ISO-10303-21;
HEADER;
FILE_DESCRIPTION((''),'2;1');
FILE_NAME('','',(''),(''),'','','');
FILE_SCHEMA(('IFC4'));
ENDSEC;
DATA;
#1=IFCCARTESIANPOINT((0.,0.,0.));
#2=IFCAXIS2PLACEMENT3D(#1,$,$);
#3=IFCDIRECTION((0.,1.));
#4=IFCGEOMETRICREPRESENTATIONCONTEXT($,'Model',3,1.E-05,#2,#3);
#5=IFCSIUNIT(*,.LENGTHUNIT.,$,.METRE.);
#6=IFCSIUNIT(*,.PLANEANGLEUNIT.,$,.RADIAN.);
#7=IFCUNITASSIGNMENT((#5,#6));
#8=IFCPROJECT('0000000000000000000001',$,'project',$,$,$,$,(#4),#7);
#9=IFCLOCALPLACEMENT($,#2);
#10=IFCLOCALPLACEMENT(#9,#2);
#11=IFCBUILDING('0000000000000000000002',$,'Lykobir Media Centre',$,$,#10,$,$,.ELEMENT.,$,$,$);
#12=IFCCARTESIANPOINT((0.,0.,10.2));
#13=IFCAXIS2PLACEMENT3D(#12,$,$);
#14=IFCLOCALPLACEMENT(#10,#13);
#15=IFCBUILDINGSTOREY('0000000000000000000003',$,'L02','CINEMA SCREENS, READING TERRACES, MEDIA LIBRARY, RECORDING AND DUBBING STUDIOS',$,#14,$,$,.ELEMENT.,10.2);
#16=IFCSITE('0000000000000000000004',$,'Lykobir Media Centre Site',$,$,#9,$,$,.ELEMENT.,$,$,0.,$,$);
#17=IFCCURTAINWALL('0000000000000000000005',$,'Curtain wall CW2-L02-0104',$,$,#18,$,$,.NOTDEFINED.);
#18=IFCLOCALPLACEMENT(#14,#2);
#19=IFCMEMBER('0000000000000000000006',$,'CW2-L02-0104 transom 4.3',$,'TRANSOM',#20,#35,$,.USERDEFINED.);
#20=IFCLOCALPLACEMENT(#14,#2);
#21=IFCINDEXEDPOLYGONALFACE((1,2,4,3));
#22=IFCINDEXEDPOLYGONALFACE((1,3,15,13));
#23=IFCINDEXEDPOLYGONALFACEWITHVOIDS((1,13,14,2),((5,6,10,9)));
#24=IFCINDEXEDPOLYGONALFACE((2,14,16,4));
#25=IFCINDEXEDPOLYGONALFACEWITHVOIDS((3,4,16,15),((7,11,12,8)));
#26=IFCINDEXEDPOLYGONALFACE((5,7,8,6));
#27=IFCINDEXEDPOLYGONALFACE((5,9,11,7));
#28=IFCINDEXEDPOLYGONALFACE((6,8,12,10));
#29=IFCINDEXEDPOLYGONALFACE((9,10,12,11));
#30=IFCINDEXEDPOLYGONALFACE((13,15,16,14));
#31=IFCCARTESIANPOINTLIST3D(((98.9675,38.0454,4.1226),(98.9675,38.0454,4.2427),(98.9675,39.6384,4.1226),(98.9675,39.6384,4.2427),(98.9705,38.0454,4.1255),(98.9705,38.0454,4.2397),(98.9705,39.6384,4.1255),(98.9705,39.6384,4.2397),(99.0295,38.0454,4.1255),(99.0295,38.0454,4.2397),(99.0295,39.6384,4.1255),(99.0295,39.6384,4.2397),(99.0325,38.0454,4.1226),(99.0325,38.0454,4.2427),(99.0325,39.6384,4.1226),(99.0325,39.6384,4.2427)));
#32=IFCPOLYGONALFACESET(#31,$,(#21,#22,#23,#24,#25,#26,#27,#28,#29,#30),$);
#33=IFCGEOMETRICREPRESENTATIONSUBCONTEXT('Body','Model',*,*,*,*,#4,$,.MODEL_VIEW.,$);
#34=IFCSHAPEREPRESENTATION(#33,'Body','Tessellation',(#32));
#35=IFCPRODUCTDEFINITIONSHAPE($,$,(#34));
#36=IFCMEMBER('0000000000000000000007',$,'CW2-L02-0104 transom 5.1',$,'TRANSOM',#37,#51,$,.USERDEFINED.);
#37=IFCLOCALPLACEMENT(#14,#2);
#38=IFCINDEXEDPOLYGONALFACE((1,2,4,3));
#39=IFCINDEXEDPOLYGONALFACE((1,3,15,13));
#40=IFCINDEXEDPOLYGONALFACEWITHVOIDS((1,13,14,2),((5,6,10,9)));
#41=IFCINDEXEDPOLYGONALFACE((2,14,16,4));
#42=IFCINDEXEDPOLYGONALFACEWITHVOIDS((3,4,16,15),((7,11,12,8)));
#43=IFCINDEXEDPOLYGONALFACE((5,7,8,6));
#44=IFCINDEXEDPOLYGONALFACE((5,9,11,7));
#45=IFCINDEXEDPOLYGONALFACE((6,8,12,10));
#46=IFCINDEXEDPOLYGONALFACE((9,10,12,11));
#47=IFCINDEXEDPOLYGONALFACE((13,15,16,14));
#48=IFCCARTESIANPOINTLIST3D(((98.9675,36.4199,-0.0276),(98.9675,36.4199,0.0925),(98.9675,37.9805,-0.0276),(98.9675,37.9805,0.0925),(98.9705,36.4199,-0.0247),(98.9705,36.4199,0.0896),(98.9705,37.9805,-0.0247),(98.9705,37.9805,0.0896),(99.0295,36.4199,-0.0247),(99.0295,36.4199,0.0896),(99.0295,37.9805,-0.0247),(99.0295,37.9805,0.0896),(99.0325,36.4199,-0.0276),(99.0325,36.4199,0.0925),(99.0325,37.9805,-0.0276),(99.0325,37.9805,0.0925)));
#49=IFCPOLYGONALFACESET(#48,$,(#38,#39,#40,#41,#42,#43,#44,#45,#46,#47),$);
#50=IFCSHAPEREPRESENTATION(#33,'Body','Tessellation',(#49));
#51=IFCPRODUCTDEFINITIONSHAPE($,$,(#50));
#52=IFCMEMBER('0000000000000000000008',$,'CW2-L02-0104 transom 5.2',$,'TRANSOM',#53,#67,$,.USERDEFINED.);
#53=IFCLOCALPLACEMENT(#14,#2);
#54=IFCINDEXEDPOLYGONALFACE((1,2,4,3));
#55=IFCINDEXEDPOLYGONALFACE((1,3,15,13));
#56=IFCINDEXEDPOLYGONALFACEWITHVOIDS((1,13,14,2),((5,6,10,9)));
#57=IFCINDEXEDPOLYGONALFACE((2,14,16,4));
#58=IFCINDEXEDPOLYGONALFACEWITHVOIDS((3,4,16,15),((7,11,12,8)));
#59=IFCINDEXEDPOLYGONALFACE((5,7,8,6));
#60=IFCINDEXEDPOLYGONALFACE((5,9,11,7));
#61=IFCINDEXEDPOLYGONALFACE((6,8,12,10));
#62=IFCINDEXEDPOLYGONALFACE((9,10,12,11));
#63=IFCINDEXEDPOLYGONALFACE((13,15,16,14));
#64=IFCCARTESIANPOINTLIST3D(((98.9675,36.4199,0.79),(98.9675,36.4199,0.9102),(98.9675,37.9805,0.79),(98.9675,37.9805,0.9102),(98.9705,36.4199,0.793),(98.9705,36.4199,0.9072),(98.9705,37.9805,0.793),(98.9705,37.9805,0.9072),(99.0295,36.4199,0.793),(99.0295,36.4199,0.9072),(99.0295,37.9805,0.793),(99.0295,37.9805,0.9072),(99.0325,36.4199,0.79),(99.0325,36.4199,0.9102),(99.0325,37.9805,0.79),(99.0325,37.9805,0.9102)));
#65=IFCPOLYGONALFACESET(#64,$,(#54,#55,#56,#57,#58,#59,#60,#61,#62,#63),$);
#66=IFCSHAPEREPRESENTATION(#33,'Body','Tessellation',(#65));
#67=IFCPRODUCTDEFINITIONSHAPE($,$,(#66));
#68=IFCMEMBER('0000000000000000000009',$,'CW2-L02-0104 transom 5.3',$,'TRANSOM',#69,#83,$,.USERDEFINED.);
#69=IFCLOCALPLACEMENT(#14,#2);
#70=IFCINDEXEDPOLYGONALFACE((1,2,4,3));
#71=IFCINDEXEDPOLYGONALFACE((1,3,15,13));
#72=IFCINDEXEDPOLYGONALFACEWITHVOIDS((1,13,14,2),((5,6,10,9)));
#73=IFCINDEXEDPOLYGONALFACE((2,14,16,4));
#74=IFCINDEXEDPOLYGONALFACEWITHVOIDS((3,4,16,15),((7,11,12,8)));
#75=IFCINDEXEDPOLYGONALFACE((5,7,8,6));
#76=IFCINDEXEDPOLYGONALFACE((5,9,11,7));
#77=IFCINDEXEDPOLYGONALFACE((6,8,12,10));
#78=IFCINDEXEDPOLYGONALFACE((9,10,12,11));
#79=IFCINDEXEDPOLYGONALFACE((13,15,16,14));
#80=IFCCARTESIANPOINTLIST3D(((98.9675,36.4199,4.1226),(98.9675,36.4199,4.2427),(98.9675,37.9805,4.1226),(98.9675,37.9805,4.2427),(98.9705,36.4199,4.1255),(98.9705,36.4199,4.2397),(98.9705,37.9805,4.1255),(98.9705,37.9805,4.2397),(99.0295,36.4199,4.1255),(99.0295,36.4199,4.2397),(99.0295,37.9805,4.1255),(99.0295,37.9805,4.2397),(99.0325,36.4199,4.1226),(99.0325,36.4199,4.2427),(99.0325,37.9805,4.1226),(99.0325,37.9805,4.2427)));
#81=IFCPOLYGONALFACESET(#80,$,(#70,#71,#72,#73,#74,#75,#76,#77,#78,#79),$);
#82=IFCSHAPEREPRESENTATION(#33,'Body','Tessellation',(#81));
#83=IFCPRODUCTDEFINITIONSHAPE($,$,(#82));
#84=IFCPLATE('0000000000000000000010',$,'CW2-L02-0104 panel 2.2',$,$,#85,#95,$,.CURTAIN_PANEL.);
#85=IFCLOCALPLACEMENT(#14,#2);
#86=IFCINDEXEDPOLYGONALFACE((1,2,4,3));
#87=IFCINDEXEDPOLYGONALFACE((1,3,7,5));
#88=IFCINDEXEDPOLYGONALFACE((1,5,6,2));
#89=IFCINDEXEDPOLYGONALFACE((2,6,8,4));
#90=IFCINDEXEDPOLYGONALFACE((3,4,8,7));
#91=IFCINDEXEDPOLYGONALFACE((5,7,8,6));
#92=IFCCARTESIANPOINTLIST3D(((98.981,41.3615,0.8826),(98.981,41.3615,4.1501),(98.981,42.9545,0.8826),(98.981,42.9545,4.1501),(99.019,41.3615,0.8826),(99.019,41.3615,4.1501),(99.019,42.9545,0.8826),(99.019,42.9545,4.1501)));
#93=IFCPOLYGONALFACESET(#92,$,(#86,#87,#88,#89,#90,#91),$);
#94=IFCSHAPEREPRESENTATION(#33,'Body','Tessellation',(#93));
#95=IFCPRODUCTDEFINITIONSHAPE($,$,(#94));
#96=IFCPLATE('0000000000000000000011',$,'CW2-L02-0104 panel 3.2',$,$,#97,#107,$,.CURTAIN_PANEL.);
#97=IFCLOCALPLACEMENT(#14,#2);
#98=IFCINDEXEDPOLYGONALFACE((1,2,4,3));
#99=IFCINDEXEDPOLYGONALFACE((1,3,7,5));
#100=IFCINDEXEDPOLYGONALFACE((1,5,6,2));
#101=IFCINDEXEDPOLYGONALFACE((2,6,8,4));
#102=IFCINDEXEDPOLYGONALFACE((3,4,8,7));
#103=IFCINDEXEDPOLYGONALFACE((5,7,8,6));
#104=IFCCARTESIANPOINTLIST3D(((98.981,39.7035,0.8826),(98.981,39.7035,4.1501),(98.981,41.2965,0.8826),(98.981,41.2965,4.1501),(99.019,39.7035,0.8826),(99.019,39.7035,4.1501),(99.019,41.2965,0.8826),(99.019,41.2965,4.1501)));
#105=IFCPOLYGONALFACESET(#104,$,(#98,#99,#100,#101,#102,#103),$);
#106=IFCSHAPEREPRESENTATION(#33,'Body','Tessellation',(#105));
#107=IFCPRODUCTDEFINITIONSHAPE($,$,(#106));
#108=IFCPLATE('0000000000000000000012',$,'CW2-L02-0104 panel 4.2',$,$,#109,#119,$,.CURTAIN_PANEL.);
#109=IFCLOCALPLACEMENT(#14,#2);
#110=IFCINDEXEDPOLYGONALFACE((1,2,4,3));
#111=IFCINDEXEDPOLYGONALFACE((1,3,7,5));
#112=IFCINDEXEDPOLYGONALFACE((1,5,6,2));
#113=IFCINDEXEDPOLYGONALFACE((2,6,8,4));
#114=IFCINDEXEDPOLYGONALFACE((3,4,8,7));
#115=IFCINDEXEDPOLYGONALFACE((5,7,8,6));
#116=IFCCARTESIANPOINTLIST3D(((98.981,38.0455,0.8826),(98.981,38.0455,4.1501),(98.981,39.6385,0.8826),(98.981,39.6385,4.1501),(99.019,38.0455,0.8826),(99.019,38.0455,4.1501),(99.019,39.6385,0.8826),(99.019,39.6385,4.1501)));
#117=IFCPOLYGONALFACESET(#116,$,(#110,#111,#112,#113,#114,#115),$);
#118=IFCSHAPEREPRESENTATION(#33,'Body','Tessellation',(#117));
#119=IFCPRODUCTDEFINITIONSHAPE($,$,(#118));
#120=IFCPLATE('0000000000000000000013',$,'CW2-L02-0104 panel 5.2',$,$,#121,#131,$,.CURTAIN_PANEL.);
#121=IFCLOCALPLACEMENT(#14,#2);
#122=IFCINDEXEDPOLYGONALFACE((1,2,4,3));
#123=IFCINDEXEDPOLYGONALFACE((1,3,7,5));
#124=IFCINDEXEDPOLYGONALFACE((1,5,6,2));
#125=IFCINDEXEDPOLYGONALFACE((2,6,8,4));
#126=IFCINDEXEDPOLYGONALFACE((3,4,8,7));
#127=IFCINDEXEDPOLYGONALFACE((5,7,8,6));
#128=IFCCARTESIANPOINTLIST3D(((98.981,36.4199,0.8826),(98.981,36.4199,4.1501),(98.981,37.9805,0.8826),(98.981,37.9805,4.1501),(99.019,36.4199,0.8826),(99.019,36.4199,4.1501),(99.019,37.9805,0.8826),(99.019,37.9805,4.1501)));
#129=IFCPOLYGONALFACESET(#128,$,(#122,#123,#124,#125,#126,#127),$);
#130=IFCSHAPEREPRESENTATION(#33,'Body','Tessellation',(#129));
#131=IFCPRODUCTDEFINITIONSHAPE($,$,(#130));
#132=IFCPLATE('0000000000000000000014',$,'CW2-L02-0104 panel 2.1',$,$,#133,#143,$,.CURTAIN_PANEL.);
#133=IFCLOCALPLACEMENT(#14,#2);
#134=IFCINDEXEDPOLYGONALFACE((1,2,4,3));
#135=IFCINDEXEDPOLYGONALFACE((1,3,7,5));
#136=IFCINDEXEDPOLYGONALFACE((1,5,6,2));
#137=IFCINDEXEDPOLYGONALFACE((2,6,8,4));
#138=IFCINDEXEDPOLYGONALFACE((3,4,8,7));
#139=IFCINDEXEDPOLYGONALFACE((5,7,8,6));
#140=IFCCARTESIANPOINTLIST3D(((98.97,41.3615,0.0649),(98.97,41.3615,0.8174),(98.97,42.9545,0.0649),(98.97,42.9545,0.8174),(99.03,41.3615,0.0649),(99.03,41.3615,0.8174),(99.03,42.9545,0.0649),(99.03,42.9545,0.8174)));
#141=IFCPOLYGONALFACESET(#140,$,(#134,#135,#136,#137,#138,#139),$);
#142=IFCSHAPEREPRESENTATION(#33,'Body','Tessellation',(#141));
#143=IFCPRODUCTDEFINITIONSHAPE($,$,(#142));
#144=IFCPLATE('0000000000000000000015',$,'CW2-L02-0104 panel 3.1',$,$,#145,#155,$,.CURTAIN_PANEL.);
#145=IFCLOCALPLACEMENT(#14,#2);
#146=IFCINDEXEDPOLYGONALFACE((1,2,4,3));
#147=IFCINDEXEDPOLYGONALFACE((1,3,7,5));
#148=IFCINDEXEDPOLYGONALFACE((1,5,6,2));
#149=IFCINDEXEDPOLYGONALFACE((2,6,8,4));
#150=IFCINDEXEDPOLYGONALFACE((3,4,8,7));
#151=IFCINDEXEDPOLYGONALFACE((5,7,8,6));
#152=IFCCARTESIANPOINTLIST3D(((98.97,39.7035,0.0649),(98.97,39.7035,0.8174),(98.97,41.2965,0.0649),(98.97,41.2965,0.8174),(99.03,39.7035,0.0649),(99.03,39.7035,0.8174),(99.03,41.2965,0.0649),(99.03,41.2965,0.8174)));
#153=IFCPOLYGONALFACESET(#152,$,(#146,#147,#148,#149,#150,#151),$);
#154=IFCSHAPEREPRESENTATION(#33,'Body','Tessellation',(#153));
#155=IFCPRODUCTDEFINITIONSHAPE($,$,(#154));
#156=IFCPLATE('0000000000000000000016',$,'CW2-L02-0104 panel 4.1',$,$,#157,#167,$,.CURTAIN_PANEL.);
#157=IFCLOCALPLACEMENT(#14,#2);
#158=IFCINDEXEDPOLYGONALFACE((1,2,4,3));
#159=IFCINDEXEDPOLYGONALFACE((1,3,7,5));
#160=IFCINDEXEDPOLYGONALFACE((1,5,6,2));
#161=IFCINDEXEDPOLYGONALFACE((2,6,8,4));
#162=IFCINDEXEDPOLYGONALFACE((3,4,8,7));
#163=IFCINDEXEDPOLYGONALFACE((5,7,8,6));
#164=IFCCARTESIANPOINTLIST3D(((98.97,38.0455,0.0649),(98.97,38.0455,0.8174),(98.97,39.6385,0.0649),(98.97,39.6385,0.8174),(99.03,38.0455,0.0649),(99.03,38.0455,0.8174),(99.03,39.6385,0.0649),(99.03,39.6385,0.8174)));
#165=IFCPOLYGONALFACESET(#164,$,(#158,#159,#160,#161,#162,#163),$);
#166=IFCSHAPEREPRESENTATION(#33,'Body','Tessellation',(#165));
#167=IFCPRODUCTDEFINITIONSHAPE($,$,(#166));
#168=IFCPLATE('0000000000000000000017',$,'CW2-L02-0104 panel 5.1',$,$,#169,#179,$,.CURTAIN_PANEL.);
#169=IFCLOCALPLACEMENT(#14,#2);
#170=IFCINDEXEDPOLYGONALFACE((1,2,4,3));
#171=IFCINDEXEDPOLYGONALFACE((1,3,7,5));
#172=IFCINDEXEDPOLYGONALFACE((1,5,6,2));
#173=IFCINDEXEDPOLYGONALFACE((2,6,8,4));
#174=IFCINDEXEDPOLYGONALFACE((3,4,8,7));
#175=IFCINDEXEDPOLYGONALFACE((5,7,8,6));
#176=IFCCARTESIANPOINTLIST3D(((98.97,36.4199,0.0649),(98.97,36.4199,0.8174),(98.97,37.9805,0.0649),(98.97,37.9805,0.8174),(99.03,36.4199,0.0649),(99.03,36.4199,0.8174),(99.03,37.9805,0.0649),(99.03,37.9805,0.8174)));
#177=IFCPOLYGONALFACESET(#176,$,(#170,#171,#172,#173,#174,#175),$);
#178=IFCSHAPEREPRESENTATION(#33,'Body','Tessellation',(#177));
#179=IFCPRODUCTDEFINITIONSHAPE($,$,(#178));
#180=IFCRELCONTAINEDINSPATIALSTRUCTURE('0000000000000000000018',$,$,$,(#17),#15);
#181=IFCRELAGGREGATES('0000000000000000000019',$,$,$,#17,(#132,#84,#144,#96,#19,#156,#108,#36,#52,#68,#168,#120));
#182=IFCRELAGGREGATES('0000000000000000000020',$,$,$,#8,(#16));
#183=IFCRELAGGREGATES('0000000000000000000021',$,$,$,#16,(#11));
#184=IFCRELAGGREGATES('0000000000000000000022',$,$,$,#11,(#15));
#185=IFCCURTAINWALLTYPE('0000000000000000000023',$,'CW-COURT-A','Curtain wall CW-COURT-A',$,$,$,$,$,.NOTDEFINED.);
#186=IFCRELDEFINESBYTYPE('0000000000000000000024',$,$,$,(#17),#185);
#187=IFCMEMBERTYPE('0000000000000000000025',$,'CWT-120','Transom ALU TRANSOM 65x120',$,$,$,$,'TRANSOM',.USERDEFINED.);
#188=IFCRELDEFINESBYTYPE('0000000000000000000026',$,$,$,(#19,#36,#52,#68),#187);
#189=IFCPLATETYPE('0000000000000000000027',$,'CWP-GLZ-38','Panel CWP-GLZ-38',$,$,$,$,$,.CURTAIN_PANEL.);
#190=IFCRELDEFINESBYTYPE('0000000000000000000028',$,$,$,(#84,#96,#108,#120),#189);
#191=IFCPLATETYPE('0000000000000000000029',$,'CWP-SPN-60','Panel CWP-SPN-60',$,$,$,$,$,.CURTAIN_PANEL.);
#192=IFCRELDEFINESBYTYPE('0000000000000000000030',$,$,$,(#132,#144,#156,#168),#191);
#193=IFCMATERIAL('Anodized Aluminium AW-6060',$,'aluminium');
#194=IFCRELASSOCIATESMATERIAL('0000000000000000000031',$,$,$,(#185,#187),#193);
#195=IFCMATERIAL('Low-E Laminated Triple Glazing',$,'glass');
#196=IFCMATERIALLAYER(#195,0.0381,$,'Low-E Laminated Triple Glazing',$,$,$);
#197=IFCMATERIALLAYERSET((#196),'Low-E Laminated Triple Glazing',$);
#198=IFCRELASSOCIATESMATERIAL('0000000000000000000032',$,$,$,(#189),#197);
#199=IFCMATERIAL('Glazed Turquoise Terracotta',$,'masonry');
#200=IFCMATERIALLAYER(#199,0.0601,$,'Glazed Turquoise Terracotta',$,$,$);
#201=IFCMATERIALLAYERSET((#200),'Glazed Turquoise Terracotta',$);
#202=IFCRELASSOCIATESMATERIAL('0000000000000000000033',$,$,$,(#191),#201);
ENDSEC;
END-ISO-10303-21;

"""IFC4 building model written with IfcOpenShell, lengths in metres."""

from ifc_helpers import new_model, si_unit, direction, frame, origin, origin_2d, place, context, subcontext, project, spatial, rectangle, hollow_rectangle, extrude, material, layer, layer_set, material_profile, profile_set, type_object, element, aggregate, save


model = new_model("IFC4")

# Units and contexts
model_context = context("Model", 3, precision=1e-05, world=origin(), true_north=direction((0.0, 1.0)))
body_context = subcontext(model_context, "Body", "Model", "MODEL_VIEW")
ifc_project = project(units=[si_unit("LENGTHUNIT", "METRE"), si_unit("PLANEANGLEUNIT", "RADIAN")], contexts=[model_context])

# Site, building, storey
site_placement = place(None, origin())
site = spatial("IfcSite", under=ifc_project, at=site_placement, Name="Lykobir Media Centre Site", CompositionType="ELEMENT", RefElevation=0.0)
building_placement = place(site_placement, origin())
building = spatial("IfcBuilding", under=site, at=building_placement, Name="Lykobir Media Centre", CompositionType="ELEMENT")
storey_placement = place(building_placement, frame((0.0, 0.0, 10.2)))
storey = spatial("IfcBuildingStorey", under=building, at=storey_placement, Name="L02", Description="CINEMA SCREENS, READING TERRACES, MEDIA LIBRARY, RECORDING AND DUBBING STUDIOS", CompositionType="ELEMENT", Elevation=10.2)

# Curtain wall, members, plates
ifc_material_1 = material(Name="Anodized Aluminium AW-6060", Category="aluminium")
curtain_wall_type = type_object("IfcCurtainWallType", Name="CW-COURT-A", Description="Curtain wall CW-COURT-A", PredefinedType="NOTDEFINED", material=ifc_material_1)
curtain_wall_placement = place(storey_placement, origin())
curtain_wall = element("IfcCurtainWall", 1, at=curtain_wall_placement, inside=storey, type_object=curtain_wall_type, Name="Curtain wall CW2-L02-0104", PredefinedType="NOTDEFINED")
ifc_material_profile_1 = material_profile(ifc_material_1, hollow_rectangle(XDim=0.0649, YDim=0.1201, WallThickness=0.0029, at=origin_2d()), Name="ALU TRANSOM 65x120")
ifc_profile_set_1 = profile_set([ifc_material_profile_1], Name="Anodized Aluminium AW-6060")
member_type_1 = type_object("IfcMemberType", Name="CWT-120", Description="Transom ALU TRANSOM 65x120", ElementType="TRANSOM", PredefinedType="USERDEFINED", material=ifc_profile_set_1)
member_1_placement = place(storey_placement, frame((99.0, 39.6384, 4.1826), z_axis=(0.0, -1.0, 0.0), x_axis=(1.0, 0.0, 0.0)))
member_1 = element("IfcMember", 2, at=member_1_placement, type_object=member_type_1, Name="CW2-L02-0104 transom 4.3", ObjectType="TRANSOM", PredefinedType="USERDEFINED", context=body_context, shape_type="SweptSolid", body=[
    extrude(hollow_rectangle(XDim=0.0649, YDim=0.1201, WallThickness=0.0029, at=origin_2d()), origin(), (0.0, 0.0, 1.0), 1.593),
])
member_2_placement = place(storey_placement, frame((99.0, 37.9805, 0.0325), z_axis=(0.0, -1.0, 0.0), x_axis=(1.0, 0.0, 0.0)))
member_2 = element("IfcMember", 3, at=member_2_placement, type_object=member_type_1, Name="CW2-L02-0104 transom 5.1", ObjectType="TRANSOM", PredefinedType="USERDEFINED", context=body_context, shape_type="SweptSolid", body=[
    extrude(hollow_rectangle(XDim=0.0649, YDim=0.1201, WallThickness=0.0029, at=origin_2d()), origin(), (0.0, 0.0, 1.0), 1.5605),
])
member_3_placement = place(storey_placement, frame((99.0, 37.9805, 0.8501), z_axis=(0.0, -1.0, 0.0), x_axis=(1.0, 0.0, 0.0)))
member_3 = element("IfcMember", 4, at=member_3_placement, type_object=member_type_1, Name="CW2-L02-0104 transom 5.2", ObjectType="TRANSOM", PredefinedType="USERDEFINED", context=body_context, shape_type="SweptSolid", body=[
    extrude(hollow_rectangle(XDim=0.0649, YDim=0.1201, WallThickness=0.0029, at=origin_2d()), origin(), (0.0, 0.0, 1.0), 1.5605),
])
member_4_placement = place(storey_placement, frame((99.0, 37.9805, 4.1826), z_axis=(0.0, -1.0, 0.0), x_axis=(1.0, 0.0, 0.0)))
member_4 = element("IfcMember", 5, at=member_4_placement, type_object=member_type_1, Name="CW2-L02-0104 transom 5.3", ObjectType="TRANSOM", PredefinedType="USERDEFINED", context=body_context, shape_type="SweptSolid", body=[
    extrude(hollow_rectangle(XDim=0.0649, YDim=0.1201, WallThickness=0.0029, at=origin_2d()), origin(), (0.0, 0.0, 1.0), 1.5605),
])
ifc_material_2 = material(Name="Low-E Laminated Triple Glazing", Category="glass")
ifc_layer_1 = layer(ifc_material_2, 0.0381, Name="Low-E Laminated Triple Glazing")
ifc_layer_set_1 = layer_set([ifc_layer_1], Name="Low-E Laminated Triple Glazing")
plate_type_1 = type_object("IfcPlateType", Name="CWP-GLZ-38", Description="Panel CWP-GLZ-38", PredefinedType="CURTAIN_PANEL", material=ifc_layer_set_1)
plate_1_placement = place(storey_placement, frame((99.0, 42.158, 0.8826), z_axis=(0.0, 0.0, 1.0), x_axis=(0.0, -1.0, 0.0)))
plate_1 = element("IfcPlate", 6, at=plate_1_placement, type_object=plate_type_1, Name="CW2-L02-0104 panel 2.2", PredefinedType="CURTAIN_PANEL", context=body_context, shape_type="SweptSolid", body=[
    extrude(rectangle(XDim=1.593, YDim=0.0381, at=origin_2d()), origin(), (0.0, 0.0, 1.0), 3.2676),
])
plate_2_placement = place(storey_placement, frame((99.0, 40.5, 0.8826), z_axis=(0.0, 0.0, 1.0), x_axis=(0.0, -1.0, 0.0)))
plate_2 = element("IfcPlate", 7, at=plate_2_placement, type_object=plate_type_1, Name="CW2-L02-0104 panel 3.2", PredefinedType="CURTAIN_PANEL", context=body_context, shape_type="SweptSolid", body=[
    extrude(rectangle(XDim=1.593, YDim=0.0381, at=origin_2d()), origin(), (0.0, 0.0, 1.0), 3.2676),
])
plate_3_placement = place(storey_placement, frame((99.0, 38.842, 0.8826), z_axis=(0.0, 0.0, 1.0), x_axis=(0.0, -1.0, 0.0)))
plate_3 = element("IfcPlate", 8, at=plate_3_placement, type_object=plate_type_1, Name="CW2-L02-0104 panel 4.2", PredefinedType="CURTAIN_PANEL", context=body_context, shape_type="SweptSolid", body=[
    extrude(rectangle(XDim=1.593, YDim=0.0381, at=origin_2d()), origin(), (0.0, 0.0, 1.0), 3.2676),
])
plate_4_placement = place(storey_placement, frame((99.0, 37.2002, 0.8826), z_axis=(0.0, 0.0, 1.0), x_axis=(0.0, -1.0, 0.0)))
plate_4 = element("IfcPlate", 9, at=plate_4_placement, type_object=plate_type_1, Name="CW2-L02-0104 panel 5.2", PredefinedType="CURTAIN_PANEL", context=body_context, shape_type="SweptSolid", body=[
    extrude(rectangle(XDim=1.5605, YDim=0.0381, at=origin_2d()), origin(), (0.0, 0.0, 1.0), 3.2676),
])
ifc_material_3 = material(Name="Glazed Turquoise Terracotta", Category="masonry")
ifc_layer_2 = layer(ifc_material_3, 0.0601, Name="Glazed Turquoise Terracotta")
ifc_layer_set_2 = layer_set([ifc_layer_2], Name="Glazed Turquoise Terracotta")
plate_type_2 = type_object("IfcPlateType", Name="CWP-SPN-60", Description="Panel CWP-SPN-60", PredefinedType="CURTAIN_PANEL", material=ifc_layer_set_2)
plate_5_placement = place(storey_placement, frame((99.0, 42.158, 0.0649), z_axis=(0.0, 0.0, 1.0), x_axis=(0.0, -1.0, 0.0)))
plate_5 = element("IfcPlate", 10, at=plate_5_placement, type_object=plate_type_2, Name="CW2-L02-0104 panel 2.1", PredefinedType="CURTAIN_PANEL", context=body_context, shape_type="SweptSolid", body=[
    extrude(rectangle(XDim=1.593, YDim=0.0601, at=origin_2d()), origin(), (0.0, 0.0, 1.0), 0.7524),
])
plate_6_placement = place(storey_placement, frame((99.0, 40.5, 0.0649), z_axis=(0.0, 0.0, 1.0), x_axis=(0.0, -1.0, 0.0)))
plate_6 = element("IfcPlate", 11, at=plate_6_placement, type_object=plate_type_2, Name="CW2-L02-0104 panel 3.1", PredefinedType="CURTAIN_PANEL", context=body_context, shape_type="SweptSolid", body=[
    extrude(rectangle(XDim=1.593, YDim=0.0601, at=origin_2d()), origin(), (0.0, 0.0, 1.0), 0.7524),
])
plate_7_placement = place(storey_placement, frame((99.0, 38.842, 0.0649), z_axis=(0.0, 0.0, 1.0), x_axis=(0.0, -1.0, 0.0)))
plate_7 = element("IfcPlate", 12, at=plate_7_placement, type_object=plate_type_2, Name="CW2-L02-0104 panel 4.1", PredefinedType="CURTAIN_PANEL", context=body_context, shape_type="SweptSolid", body=[
    extrude(rectangle(XDim=1.593, YDim=0.0601, at=origin_2d()), origin(), (0.0, 0.0, 1.0), 0.7524),
])
plate_8_placement = place(storey_placement, frame((99.0, 37.2002, 0.0649), z_axis=(0.0, 0.0, 1.0), x_axis=(0.0, -1.0, 0.0)))
plate_8 = element("IfcPlate", 13, at=plate_8_placement, type_object=plate_type_2, Name="CW2-L02-0104 panel 5.1", PredefinedType="CURTAIN_PANEL", context=body_context, shape_type="SweptSolid", body=[
    extrude(rectangle(XDim=1.5605, YDim=0.0601, at=origin_2d()), origin(), (0.0, 0.0, 1.0), 0.7524),
])
aggregate(curtain_wall, [plate_5, plate_1, plate_6, plate_2, member_1, plate_7, plate_3, member_2, member_3, member_4, plate_8, plate_4])

save(model, "model.ifc")
